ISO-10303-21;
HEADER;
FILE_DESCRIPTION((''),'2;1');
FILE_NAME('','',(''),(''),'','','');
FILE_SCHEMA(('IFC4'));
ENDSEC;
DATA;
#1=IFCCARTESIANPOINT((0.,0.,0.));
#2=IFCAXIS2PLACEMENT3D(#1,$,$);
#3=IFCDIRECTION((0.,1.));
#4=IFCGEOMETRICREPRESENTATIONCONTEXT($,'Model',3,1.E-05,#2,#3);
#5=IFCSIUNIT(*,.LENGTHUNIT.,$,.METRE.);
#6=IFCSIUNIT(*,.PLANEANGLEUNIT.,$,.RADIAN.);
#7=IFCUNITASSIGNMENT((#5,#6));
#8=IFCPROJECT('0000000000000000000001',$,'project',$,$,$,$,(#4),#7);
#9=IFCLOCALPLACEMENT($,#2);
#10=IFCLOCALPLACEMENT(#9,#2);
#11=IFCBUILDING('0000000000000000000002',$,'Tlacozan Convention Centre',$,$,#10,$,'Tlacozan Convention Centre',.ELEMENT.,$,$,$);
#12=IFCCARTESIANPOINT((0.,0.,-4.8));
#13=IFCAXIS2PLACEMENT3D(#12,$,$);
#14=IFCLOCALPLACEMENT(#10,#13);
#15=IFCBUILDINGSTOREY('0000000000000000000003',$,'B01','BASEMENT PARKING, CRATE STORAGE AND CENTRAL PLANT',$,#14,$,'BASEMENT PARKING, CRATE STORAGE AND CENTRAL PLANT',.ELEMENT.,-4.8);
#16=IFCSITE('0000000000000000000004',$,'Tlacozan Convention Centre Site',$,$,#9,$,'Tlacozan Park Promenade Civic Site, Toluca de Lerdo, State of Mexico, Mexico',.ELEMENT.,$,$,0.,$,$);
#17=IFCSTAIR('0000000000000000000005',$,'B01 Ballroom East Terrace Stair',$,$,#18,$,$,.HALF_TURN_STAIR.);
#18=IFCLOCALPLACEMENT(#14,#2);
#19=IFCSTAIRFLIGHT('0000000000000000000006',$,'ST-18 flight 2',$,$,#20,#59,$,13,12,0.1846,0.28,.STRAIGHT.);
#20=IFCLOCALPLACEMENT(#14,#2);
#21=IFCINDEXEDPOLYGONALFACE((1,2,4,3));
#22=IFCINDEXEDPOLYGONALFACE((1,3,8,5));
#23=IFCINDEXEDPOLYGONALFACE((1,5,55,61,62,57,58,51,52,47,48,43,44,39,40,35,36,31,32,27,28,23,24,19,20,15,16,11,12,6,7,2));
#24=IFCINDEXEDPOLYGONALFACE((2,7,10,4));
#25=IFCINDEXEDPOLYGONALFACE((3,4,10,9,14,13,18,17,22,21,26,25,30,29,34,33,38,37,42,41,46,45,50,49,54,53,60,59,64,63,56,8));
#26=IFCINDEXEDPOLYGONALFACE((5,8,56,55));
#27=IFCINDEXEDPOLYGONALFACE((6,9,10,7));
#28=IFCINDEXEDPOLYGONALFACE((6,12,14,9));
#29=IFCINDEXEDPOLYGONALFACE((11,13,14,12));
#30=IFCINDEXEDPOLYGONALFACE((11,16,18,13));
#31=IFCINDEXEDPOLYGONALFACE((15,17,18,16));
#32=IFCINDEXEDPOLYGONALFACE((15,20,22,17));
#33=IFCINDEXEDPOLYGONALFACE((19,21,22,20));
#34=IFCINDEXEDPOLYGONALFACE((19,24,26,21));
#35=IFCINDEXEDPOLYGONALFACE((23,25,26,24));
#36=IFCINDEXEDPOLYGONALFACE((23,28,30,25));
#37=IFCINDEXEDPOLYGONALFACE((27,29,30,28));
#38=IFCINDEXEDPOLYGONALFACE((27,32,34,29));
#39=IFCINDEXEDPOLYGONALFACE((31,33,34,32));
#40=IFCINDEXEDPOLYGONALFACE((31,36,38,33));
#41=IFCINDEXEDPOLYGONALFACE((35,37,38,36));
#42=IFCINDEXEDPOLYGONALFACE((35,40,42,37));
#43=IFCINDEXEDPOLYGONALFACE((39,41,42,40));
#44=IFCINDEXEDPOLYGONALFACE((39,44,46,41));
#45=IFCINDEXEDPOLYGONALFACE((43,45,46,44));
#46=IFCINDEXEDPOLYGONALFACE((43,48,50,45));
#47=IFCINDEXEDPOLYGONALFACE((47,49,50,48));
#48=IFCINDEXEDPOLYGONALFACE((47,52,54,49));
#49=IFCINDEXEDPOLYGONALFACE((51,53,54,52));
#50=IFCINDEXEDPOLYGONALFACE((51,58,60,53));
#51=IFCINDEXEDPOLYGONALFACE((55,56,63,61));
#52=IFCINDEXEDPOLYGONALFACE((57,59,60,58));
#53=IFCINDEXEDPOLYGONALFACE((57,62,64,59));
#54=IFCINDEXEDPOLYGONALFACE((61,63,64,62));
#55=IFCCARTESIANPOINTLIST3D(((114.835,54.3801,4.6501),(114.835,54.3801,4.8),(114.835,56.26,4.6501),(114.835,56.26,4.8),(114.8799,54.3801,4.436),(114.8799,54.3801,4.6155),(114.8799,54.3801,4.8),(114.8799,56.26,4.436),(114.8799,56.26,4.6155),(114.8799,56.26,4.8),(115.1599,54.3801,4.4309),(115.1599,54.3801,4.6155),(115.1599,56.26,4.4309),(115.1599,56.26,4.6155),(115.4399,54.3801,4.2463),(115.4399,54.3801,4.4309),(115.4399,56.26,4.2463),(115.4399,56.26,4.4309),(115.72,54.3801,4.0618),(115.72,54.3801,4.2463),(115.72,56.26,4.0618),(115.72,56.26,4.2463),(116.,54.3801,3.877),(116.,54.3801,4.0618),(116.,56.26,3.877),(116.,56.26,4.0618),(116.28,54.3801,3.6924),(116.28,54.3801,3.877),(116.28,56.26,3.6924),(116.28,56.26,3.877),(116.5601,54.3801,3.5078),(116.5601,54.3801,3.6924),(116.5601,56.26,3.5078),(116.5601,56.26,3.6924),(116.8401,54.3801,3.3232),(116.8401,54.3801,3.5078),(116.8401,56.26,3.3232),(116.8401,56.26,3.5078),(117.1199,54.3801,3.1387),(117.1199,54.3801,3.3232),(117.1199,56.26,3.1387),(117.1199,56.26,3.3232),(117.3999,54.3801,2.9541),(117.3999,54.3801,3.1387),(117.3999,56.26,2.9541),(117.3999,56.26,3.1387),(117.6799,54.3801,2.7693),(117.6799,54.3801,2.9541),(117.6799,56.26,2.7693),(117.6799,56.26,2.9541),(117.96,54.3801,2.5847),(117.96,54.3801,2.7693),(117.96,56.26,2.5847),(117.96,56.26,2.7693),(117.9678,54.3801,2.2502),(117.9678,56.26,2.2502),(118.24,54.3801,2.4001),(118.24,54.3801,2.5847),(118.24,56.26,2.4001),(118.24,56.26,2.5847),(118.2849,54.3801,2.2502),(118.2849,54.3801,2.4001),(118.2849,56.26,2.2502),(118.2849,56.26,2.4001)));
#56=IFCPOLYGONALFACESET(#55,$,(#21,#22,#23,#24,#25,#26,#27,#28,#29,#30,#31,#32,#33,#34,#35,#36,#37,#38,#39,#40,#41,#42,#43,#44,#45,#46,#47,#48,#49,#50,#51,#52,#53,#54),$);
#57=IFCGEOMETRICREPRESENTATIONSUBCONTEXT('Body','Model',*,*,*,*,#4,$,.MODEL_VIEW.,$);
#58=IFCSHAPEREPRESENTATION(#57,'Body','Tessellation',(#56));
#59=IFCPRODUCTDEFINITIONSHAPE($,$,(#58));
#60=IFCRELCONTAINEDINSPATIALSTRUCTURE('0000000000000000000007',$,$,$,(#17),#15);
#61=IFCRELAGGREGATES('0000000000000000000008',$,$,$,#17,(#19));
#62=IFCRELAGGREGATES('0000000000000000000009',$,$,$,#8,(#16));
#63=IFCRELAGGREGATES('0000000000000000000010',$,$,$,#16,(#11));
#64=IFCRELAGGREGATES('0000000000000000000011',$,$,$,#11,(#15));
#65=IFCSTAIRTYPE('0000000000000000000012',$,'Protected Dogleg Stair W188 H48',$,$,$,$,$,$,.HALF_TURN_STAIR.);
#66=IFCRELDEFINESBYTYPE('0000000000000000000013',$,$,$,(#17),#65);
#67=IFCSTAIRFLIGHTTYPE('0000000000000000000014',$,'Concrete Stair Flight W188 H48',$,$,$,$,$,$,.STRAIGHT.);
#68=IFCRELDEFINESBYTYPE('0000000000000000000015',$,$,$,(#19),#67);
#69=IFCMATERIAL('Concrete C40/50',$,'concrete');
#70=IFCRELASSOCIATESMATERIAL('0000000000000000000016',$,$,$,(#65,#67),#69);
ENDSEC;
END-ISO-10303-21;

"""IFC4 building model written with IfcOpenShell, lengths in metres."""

from ifc_helpers import new_model, si_unit, direction, frame, origin, place, context, subcontext, project, spatial, polyline, outline, extrude, material, type_object, element, aggregate, save


model = new_model("IFC4")

# Units and contexts
model_context = context("Model", 3, precision=1e-05, world=origin(), true_north=direction((0.0, 1.0)))
body_context = subcontext(model_context, "Body", "Model", "MODEL_VIEW")
ifc_project = project(units=[si_unit("LENGTHUNIT", "METRE"), si_unit("PLANEANGLEUNIT", "RADIAN")], contexts=[model_context])

# Site, building, storey
site_placement = place(None, origin())
site = spatial("IfcSite", under=ifc_project, at=site_placement, Name="Tlacozan Convention Centre Site", LongName="Tlacozan Park Promenade Civic Site, Toluca de Lerdo, State of Mexico, Mexico", CompositionType="ELEMENT", RefElevation=0.0)
building_placement = place(site_placement, origin())
building = spatial("IfcBuilding", under=site, at=building_placement, Name="Tlacozan Convention Centre", LongName="Tlacozan Convention Centre", CompositionType="ELEMENT")
storey_placement = place(building_placement, frame((0.0, 0.0, -4.8)))
storey = spatial("IfcBuildingStorey", under=building, at=storey_placement, Name="B01", Description="BASEMENT PARKING, CRATE STORAGE AND CENTRAL PLANT", LongName="BASEMENT PARKING, CRATE STORAGE AND CENTRAL PLANT", CompositionType="ELEMENT", Elevation=-4.8)

# Shared definitions
ifc_material_1 = material(Name="Concrete C40/50", Category="concrete")

# Stair, stair flight
stair_type = type_object("IfcStairType", Name="Protected Dogleg Stair W188 H48", PredefinedType="HALF_TURN_STAIR", material=ifc_material_1)
stair_placement = place(storey_placement, origin())
stair = element("IfcStair", 1, at=stair_placement, inside=storey, type_object=stair_type, Name="B01 Ballroom East Terrace Stair", PredefinedType="HALF_TURN_STAIR")
stair_flight_type = type_object("IfcStairFlightType", Name="Concrete Stair Flight W188 H48", PredefinedType="STRAIGHT", material=ifc_material_1)
stair_flight_1_placement = place(storey_placement, frame((118.24, 55.3201, 2.4001), z_axis=(0.0, 0.0, 1.0), x_axis=(-1.0, 0.0, 0.0)))
stair_flight_1 = element("IfcStairFlight", 2, at=stair_flight_1_placement, type_object=stair_flight_type, Name="ST-18 flight 2", NumberOfRisers=13, NumberOfTreads=12, PredefinedType="STRAIGHT", RiserHeight=0.1846, TreadLength=0.28, context=body_context, shape_type="SweptSolid", body=[
    extrude(outline(polyline([(-0.0449, -0.1499), (-0.0449, 0.0), (0.0, 0.0), (0.0, 0.1846), (0.28, 0.1846), (0.28, 0.3691), (0.5601, 0.3691), (0.5601, 0.554), (0.8401, 0.554), (0.8401, 0.7385), (1.1201, 0.7385), (1.1201, 0.9231), (1.3999, 0.9231), (1.3999, 1.1077), (1.6799, 1.1077), (1.6799, 1.2922), (1.96, 1.2922), (1.96, 1.4768), (2.24, 1.4768), (2.24, 1.6616), (2.52, 1.6616), (2.52, 1.8462), (2.8, 1.8462), (2.8, 2.0308), (3.0801, 2.0308), (3.0801, 2.2153), (3.3601, 2.2153), (3.3601, 2.3999), (3.405, 2.3999), (3.405, 2.25), (3.3601, 2.0359), (0.2722, -0.1499), (-0.0449, -0.1499)])), frame((0.0, 0.9399, 0.0), z_axis=(0.0, -1.0, 0.0), x_axis=(1.0, 0.0, 0.0)), (0.0, 0.0, 1.0), 1.8799),
])
aggregate(stair, [stair_flight_1])

save(model, "model.ifc")
